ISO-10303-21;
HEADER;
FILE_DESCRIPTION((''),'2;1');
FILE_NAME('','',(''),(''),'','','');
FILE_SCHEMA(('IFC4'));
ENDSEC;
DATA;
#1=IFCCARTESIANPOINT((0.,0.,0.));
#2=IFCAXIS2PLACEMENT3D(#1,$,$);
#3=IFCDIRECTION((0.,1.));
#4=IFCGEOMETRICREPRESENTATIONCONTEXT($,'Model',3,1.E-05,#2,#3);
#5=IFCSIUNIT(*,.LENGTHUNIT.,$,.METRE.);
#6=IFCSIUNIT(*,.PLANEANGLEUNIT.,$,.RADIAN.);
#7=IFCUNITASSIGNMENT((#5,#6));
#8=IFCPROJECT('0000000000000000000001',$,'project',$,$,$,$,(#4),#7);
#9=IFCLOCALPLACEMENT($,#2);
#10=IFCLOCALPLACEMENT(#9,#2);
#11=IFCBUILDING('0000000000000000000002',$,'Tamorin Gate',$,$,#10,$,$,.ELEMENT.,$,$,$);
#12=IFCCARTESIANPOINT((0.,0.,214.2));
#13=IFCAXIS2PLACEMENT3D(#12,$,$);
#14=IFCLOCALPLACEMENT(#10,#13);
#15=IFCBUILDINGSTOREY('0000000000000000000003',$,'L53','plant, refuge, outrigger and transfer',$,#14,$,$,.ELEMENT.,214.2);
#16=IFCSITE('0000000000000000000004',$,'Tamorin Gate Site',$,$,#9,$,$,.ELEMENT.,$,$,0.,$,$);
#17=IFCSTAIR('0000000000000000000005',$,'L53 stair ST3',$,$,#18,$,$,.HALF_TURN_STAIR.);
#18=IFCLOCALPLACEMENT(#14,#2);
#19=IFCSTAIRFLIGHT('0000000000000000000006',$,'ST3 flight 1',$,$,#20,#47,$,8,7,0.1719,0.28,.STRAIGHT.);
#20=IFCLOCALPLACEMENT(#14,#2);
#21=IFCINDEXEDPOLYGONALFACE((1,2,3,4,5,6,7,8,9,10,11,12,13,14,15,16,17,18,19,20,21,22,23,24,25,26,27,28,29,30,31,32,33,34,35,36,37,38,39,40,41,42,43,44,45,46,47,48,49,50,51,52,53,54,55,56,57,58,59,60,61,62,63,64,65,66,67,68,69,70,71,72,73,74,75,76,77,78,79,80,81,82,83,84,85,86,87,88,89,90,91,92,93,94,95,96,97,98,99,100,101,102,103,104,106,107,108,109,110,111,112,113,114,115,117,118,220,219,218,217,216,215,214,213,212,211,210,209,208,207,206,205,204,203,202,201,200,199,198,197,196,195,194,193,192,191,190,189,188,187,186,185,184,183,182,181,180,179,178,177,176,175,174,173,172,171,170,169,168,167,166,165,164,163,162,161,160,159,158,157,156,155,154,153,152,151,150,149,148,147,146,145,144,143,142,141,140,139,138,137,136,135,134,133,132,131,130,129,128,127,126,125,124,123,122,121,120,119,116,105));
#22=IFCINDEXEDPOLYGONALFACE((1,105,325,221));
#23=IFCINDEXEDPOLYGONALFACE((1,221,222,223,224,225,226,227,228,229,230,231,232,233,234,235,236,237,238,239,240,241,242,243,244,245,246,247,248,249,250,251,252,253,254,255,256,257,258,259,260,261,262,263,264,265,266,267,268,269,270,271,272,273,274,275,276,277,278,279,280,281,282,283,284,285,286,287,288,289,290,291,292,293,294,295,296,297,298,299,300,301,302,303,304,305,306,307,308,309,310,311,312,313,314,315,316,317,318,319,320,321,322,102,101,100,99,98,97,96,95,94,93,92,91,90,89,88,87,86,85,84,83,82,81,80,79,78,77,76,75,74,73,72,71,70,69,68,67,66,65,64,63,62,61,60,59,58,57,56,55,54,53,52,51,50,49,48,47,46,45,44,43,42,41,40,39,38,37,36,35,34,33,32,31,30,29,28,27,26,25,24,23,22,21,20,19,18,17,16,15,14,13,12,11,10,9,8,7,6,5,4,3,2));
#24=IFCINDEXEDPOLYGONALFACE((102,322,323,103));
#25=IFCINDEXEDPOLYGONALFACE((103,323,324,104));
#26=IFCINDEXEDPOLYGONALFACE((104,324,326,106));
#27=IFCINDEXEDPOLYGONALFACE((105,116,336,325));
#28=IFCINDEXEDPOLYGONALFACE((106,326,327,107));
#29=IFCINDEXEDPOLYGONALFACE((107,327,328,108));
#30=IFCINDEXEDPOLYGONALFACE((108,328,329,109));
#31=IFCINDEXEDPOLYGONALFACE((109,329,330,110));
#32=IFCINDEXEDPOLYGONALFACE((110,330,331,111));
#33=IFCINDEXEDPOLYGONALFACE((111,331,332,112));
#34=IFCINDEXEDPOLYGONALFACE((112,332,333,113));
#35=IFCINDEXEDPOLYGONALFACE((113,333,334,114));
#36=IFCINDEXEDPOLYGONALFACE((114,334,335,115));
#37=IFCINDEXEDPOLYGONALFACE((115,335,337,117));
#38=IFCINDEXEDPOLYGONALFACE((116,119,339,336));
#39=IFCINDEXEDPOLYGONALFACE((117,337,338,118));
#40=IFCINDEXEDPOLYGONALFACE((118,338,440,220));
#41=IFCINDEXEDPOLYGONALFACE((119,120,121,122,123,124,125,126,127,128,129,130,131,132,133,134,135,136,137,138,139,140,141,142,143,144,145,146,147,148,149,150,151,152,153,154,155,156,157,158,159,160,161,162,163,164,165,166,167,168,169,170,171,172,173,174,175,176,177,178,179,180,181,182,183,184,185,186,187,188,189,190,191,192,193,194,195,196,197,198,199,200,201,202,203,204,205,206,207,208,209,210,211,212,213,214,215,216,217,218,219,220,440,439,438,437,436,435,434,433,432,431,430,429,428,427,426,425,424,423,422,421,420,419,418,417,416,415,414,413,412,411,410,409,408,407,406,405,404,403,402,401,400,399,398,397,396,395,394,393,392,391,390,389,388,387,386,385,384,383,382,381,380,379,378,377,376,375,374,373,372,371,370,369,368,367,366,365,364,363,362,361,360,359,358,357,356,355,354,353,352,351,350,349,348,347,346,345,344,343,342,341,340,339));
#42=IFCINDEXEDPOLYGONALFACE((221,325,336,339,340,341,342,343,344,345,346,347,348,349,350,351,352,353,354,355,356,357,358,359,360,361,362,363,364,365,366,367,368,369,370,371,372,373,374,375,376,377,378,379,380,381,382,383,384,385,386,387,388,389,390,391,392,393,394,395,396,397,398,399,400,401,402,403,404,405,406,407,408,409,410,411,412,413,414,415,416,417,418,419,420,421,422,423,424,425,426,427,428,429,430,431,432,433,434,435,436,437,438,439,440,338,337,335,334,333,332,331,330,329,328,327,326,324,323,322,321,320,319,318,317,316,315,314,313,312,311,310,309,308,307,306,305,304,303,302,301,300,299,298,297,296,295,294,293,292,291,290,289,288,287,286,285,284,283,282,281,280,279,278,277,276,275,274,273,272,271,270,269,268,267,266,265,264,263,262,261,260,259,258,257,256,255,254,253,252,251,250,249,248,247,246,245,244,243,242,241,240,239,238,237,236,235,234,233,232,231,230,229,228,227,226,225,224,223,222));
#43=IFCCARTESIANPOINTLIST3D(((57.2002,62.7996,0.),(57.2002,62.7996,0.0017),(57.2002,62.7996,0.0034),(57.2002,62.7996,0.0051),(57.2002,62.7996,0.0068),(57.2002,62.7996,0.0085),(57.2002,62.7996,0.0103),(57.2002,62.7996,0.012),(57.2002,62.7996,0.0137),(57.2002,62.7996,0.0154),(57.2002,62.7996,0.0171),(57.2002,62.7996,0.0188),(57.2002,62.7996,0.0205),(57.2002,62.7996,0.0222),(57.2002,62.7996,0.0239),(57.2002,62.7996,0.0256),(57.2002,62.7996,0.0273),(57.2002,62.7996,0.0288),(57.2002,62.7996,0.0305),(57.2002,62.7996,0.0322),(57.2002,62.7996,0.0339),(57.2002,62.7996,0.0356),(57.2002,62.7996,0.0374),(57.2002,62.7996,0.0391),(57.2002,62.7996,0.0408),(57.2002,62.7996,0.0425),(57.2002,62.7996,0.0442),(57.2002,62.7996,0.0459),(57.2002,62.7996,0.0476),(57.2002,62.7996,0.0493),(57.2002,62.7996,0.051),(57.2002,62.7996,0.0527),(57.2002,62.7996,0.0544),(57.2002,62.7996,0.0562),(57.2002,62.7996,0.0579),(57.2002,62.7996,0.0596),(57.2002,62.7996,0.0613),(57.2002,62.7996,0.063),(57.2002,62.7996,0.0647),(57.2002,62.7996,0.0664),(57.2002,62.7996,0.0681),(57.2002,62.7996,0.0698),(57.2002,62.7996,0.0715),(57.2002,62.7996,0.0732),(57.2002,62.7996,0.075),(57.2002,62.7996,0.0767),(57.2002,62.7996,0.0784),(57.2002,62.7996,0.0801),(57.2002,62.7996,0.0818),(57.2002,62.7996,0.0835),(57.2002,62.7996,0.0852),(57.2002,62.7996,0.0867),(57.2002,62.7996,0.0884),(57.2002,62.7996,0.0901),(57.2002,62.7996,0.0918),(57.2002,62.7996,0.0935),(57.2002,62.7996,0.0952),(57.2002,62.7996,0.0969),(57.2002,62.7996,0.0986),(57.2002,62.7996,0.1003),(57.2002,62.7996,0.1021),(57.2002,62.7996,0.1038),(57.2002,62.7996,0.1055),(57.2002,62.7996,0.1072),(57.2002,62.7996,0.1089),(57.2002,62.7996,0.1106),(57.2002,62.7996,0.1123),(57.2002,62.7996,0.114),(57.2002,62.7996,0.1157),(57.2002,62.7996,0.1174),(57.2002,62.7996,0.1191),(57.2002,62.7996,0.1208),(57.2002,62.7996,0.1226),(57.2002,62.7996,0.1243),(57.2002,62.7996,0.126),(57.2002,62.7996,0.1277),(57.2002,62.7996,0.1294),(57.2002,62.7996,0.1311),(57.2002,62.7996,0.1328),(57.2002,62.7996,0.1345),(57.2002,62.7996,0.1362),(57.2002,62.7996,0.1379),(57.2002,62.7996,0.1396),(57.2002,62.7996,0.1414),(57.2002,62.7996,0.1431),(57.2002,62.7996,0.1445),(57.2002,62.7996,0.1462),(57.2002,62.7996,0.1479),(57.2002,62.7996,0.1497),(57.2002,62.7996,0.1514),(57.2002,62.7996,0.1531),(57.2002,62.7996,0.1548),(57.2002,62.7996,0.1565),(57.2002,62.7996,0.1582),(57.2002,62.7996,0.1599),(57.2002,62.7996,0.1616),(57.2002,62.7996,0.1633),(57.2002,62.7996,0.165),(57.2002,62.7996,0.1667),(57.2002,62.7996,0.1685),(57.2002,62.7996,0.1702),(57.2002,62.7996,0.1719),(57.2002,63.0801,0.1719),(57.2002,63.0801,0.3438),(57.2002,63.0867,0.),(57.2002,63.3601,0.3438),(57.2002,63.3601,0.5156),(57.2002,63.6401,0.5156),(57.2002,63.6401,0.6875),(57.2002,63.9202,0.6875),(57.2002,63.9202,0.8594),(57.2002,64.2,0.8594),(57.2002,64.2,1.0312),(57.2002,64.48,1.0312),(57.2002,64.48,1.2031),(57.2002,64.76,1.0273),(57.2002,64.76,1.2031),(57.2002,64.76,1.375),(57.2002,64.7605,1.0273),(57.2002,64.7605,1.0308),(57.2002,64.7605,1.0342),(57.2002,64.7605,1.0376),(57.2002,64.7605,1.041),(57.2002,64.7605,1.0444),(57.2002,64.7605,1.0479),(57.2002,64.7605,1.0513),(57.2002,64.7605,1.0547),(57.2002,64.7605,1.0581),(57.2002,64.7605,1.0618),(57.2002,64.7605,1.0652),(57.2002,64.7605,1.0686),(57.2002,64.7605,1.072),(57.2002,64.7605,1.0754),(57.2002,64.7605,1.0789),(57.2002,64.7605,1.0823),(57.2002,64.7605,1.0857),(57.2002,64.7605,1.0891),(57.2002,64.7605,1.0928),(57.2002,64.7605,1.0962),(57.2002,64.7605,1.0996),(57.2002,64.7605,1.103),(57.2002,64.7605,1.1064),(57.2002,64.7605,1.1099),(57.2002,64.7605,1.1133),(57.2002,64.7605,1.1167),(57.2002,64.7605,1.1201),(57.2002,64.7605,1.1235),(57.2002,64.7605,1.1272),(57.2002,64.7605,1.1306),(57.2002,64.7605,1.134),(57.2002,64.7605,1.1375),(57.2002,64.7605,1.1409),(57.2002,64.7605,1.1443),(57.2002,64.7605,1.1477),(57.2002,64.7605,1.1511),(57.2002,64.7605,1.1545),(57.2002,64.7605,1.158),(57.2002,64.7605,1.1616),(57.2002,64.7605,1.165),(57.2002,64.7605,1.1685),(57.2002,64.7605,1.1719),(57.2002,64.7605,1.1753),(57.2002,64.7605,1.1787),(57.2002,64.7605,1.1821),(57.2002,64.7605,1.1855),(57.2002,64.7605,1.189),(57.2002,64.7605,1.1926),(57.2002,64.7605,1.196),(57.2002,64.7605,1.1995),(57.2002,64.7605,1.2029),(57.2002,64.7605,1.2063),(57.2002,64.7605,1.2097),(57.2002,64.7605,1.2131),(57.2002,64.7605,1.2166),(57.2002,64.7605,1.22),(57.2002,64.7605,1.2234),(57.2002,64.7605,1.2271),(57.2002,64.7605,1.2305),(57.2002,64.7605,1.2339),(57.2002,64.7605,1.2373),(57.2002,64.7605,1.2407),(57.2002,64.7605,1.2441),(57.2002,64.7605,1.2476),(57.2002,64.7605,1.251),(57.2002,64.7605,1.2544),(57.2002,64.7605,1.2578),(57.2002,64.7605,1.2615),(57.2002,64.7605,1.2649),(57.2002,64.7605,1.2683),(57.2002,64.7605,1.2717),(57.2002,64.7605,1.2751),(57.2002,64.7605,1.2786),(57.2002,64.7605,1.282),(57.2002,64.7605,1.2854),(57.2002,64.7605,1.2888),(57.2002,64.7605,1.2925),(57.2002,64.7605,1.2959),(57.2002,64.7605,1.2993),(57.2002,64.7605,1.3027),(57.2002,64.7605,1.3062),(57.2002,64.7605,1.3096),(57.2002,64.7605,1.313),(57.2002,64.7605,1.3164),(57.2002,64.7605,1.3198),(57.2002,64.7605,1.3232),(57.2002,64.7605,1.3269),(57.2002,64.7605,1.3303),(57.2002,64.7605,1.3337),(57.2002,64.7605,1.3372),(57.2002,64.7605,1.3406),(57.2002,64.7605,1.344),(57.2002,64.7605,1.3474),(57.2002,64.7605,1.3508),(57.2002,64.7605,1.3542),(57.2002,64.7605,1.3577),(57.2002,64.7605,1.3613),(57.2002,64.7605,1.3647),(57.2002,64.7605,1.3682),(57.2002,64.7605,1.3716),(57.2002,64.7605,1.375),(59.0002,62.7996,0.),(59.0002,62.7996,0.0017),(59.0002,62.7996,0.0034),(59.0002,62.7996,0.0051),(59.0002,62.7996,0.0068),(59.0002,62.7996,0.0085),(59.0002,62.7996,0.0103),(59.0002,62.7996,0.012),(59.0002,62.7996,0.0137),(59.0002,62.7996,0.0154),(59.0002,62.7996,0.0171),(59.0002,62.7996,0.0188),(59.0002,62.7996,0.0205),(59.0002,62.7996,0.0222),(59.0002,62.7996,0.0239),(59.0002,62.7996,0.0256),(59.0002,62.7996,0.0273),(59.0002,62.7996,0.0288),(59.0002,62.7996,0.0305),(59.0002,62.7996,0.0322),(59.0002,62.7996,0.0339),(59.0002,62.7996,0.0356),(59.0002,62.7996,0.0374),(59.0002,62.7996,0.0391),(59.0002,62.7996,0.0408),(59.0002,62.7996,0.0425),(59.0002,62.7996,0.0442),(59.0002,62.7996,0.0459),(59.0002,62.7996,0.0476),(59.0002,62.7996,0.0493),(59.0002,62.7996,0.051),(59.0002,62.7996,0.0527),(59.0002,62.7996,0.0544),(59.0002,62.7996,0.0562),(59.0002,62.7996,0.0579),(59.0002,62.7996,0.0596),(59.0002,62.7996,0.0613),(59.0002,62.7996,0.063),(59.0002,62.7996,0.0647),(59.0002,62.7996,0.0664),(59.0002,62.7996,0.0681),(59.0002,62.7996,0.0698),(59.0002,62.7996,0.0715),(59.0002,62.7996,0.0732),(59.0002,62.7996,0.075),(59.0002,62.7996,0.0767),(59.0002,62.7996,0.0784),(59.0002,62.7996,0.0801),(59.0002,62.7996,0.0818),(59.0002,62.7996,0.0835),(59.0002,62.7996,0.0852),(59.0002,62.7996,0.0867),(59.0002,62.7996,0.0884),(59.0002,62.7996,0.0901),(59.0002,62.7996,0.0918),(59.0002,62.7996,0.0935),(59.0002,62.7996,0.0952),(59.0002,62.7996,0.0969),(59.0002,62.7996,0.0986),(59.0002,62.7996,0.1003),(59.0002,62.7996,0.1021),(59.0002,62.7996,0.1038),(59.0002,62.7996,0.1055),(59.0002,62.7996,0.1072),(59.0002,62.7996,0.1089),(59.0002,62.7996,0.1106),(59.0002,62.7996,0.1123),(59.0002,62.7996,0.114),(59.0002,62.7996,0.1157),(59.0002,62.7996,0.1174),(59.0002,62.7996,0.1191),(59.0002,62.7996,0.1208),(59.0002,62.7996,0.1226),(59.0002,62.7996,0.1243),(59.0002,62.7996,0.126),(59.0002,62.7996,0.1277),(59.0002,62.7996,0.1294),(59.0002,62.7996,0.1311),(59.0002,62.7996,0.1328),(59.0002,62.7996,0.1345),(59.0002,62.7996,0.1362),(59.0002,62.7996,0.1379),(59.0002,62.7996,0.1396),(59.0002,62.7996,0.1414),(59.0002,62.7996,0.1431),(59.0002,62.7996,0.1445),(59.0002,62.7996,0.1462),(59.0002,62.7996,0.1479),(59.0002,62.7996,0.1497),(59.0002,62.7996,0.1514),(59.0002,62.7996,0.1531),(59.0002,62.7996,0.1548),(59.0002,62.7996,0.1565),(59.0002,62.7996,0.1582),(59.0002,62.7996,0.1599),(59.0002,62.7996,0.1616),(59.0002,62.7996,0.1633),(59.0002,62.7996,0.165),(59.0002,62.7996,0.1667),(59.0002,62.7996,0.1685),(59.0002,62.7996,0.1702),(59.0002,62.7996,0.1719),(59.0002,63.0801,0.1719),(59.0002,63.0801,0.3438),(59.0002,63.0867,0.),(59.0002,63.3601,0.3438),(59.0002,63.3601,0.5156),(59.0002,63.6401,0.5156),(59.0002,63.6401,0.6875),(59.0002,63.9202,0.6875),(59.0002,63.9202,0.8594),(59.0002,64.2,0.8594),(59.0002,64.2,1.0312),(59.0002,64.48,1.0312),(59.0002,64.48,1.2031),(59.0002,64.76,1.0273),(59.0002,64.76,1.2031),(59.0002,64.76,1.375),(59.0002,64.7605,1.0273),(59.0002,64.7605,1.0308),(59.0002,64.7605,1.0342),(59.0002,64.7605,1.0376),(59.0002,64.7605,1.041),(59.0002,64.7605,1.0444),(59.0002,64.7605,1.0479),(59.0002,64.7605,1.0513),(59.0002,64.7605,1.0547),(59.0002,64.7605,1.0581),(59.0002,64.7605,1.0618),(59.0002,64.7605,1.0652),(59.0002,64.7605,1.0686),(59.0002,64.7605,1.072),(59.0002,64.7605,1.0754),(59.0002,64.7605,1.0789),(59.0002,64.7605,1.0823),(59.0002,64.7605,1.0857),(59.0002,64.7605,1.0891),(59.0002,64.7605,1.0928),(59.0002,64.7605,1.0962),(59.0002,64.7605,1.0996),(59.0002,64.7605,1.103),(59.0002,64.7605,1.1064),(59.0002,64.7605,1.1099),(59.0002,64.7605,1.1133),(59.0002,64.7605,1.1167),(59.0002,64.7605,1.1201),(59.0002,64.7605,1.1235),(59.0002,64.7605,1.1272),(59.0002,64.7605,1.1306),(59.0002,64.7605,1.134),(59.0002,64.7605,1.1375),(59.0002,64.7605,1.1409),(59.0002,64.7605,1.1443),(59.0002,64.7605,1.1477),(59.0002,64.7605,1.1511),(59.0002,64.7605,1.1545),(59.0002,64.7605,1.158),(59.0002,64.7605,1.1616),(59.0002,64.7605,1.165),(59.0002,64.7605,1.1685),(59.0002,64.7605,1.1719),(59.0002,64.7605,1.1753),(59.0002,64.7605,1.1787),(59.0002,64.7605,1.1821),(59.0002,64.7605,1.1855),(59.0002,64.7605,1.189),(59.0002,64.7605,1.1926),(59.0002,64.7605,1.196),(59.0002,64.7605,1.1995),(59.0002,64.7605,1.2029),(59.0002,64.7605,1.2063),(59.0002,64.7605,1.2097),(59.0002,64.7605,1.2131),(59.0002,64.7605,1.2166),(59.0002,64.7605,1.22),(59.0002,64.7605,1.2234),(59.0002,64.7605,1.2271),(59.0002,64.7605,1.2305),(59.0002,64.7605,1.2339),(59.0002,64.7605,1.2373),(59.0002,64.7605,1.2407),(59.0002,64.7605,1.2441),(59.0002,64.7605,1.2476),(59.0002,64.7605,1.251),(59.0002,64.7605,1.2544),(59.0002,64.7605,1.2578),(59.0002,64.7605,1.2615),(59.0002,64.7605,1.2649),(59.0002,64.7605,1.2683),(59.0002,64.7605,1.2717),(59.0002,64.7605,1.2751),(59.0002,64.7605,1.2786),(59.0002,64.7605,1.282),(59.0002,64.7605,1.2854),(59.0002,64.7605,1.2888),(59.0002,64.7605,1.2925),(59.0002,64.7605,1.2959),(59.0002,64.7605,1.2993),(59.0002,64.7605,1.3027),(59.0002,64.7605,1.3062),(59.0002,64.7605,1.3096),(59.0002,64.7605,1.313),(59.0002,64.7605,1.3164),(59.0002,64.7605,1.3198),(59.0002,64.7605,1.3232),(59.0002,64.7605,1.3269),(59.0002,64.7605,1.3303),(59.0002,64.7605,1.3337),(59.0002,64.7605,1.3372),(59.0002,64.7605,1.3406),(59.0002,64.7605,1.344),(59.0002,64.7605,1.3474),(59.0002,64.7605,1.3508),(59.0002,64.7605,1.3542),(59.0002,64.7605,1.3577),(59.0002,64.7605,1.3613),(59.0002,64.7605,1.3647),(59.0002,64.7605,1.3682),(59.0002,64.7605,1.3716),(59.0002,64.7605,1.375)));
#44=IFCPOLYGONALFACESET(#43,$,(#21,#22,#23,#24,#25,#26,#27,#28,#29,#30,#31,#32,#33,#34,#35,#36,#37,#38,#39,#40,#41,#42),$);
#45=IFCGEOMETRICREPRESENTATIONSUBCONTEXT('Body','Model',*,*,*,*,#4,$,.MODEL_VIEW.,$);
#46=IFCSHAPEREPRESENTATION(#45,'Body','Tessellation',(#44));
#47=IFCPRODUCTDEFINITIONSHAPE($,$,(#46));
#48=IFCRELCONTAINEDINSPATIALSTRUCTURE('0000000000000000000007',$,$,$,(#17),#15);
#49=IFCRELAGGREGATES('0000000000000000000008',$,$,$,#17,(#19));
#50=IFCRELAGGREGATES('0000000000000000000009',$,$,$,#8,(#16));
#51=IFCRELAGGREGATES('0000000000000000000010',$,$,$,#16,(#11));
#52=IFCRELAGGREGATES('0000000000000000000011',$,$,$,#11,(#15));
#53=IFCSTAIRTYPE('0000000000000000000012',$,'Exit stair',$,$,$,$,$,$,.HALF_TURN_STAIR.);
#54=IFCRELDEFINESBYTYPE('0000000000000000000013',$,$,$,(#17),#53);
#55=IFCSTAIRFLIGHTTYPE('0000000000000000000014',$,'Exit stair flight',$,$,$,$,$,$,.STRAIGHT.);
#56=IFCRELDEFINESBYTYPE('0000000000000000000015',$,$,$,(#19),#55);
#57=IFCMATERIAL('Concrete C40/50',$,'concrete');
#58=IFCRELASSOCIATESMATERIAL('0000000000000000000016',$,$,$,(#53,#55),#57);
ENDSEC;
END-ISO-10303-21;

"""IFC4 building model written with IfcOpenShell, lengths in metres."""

from ifc_helpers import new_model, si_unit, direction, frame, origin, place, context, subcontext, project, spatial, polyline, outline, extrude, material, type_object, element, aggregate, save


model = new_model("IFC4")

# Units and contexts
model_context = context("Model", 3, precision=1e-05, world=origin(), true_north=direction((0.0, 1.0)))
body_context = subcontext(model_context, "Body", "Model", "MODEL_VIEW")
ifc_project = project(units=[si_unit("LENGTHUNIT", "METRE"), si_unit("PLANEANGLEUNIT", "RADIAN")], contexts=[model_context])

# Site, building, storey
site_placement = place(None, origin())
site = spatial("IfcSite", under=ifc_project, at=site_placement, Name="Tamorin Gate Site", CompositionType="ELEMENT", RefElevation=0.0)
building_placement = place(site_placement, origin())
building = spatial("IfcBuilding", under=site, at=building_placement, Name="Tamorin Gate", CompositionType="ELEMENT")
storey_placement = place(building_placement, frame((0.0, 0.0, 214.2)))
storey = spatial("IfcBuildingStorey", under=building, at=storey_placement, Name="L53", Description="plant, refuge, outrigger and transfer", CompositionType="ELEMENT", Elevation=214.2)

# Shared definitions
ifc_material_1 = material(Name="Concrete C40/50", Category="concrete")

# Stair, stair flight
stair_type = type_object("IfcStairType", Name="Exit stair", PredefinedType="HALF_TURN_STAIR", material=ifc_material_1)
stair_placement = place(storey_placement, origin())
stair = element("IfcStair", 1, at=stair_placement, inside=storey, type_object=stair_type, Name="L53 stair ST3", PredefinedType="HALF_TURN_STAIR")
stair_flight_type = type_object("IfcStairFlightType", Name="Exit stair flight", PredefinedType="STRAIGHT", material=ifc_material_1)
stair_flight_1_placement = place(storey_placement, frame((58.1001, 62.8, 0.0), z_axis=(0.0, 0.0, 1.0), x_axis=(0.0, 1.0, 0.0)))
stair_flight_1 = element("IfcStairFlight", 2, at=stair_flight_1_placement, type_object=stair_flight_type, Name="ST3 flight 1", NumberOfRisers=8, NumberOfTreads=7, PredefinedType="STRAIGHT", RiserHeight=0.1719, TreadLength=0.28, context=body_context, shape_type="SweptSolid", body=[
    extrude(outline(polyline([(-0.0005, 0.0), (-0.0005, 0.0017), (-0.0005, 0.0034), (-0.0005, 0.0051), (-0.0005, 0.0068), (-0.0005, 0.0085), (-0.0005, 0.0103), (-0.0005, 0.012), (-0.0005, 0.0137), (-0.0005, 0.0154), (-0.0005, 0.0171), (-0.0005, 0.0188), (-0.0005, 0.0205), (-0.0005, 0.0222), (-0.0005, 0.0239), (-0.0005, 0.0256), (-0.0005, 0.0273), (-0.0005, 0.0288), (-0.0005, 0.0305), (-0.0005, 0.0322), (-0.0005, 0.0339), (-0.0005, 0.0356), (-0.0005, 0.0374), (-0.0005, 0.0391), (-0.0005, 0.0408), (-0.0005, 0.0425), (-0.0005, 0.0442), (-0.0005, 0.0459), (-0.0005, 0.0476), (-0.0005, 0.0493), (-0.0005, 0.051), (-0.0005, 0.0527), (-0.0005, 0.0544), (-0.0005, 0.0562), (-0.0005, 0.0579), (-0.0005, 0.0596), (-0.0005, 0.0613), (-0.0005, 0.063), (-0.0005, 0.0647), (-0.0005, 0.0664), (-0.0005, 0.0681), (-0.0005, 0.0698), (-0.0005, 0.0715), (-0.0005, 0.0732), (-0.0005, 0.075), (-0.0005, 0.0767), (-0.0005, 0.0784), (-0.0005, 0.0801), (-0.0005, 0.0818), (-0.0005, 0.0835), (-0.0005, 0.0852), (-0.0005, 0.0867), (-0.0005, 0.0884), (-0.0005, 0.0901), (-0.0005, 0.0918), (-0.0005, 0.0935), (-0.0005, 0.0952), (-0.0005, 0.0969), (-0.0005, 0.0986), (-0.0005, 0.1003), (-0.0005, 0.1021), (-0.0005, 0.1038), (-0.0005, 0.1055), (-0.0005, 0.1072), (-0.0005, 0.1089), (-0.0005, 0.1106), (-0.0005, 0.1123), (-0.0005, 0.114), (-0.0005, 0.1157), (-0.0005, 0.1174), (-0.0005, 0.1191), (-0.0005, 0.1208), (-0.0005, 0.1226), (-0.0005, 0.1243), (-0.0005, 0.126), (-0.0005, 0.1277), (-0.0005, 0.1294), (-0.0005, 0.1311), (-0.0005, 0.1328), (-0.0005, 0.1345), (-0.0005, 0.1362), (-0.0005, 0.1379), (-0.0005, 0.1396), (-0.0005, 0.1414), (-0.0005, 0.1431), (-0.0005, 0.1445), (-0.0005, 0.1462), (-0.0005, 0.1479), (-0.0005, 0.1497), (-0.0005, 0.1514), (-0.0005, 0.1531), (-0.0005, 0.1548), (-0.0005, 0.1565), (-0.0005, 0.1582), (-0.0005, 0.1599), (-0.0005, 0.1616), (-0.0005, 0.1633), (-0.0005, 0.165), (-0.0005, 0.1667), (-0.0005, 0.1685), (-0.0005, 0.1702), (-0.0005, 0.1719), (0.28, 0.1719), (0.28, 0.3438), (0.5601, 0.3438), (0.5601, 0.5156), (0.8401, 0.5156), (0.8401, 0.6875), (1.1201, 0.6875), (1.1201, 0.8594), (1.3999, 0.8594), (1.3999, 1.0312), (1.6799, 1.0312), (1.6799, 1.2031), (1.96, 1.2031), (1.96, 1.375), (1.9604, 1.375), (1.9604, 1.3716), (1.9604, 1.3682), (1.9604, 1.3647), (1.9604, 1.3613), (1.9604, 1.3577), (1.9604, 1.3542), (1.9604, 1.3508), (1.9604, 1.3474), (1.9604, 1.344), (1.9604, 1.3406), (1.9604, 1.3372), (1.9604, 1.3337), (1.9604, 1.3303), (1.9604, 1.3269), (1.9604, 1.3232), (1.9604, 1.3198), (1.9604, 1.3164), (1.9604, 1.313), (1.9604, 1.3096), (1.9604, 1.3062), (1.9604, 1.3027), (1.9604, 1.2993), (1.9604, 1.2959), (1.9604, 1.2925), (1.9604, 1.2888), (1.9604, 1.2854), (1.9604, 1.282), (1.9604, 1.2786), (1.9604, 1.2751), (1.9604, 1.2717), (1.9604, 1.2683), (1.9604, 1.2649), (1.9604, 1.2615), (1.9604, 1.2578), (1.9604, 1.2544), (1.9604, 1.251), (1.9604, 1.2476), (1.9604, 1.2441), (1.9604, 1.2407), (1.9604, 1.2373), (1.9604, 1.2339), (1.9604, 1.2305), (1.9604, 1.2271), (1.9604, 1.2234), (1.9604, 1.22), (1.9604, 1.2166), (1.9604, 1.2131), (1.9604, 1.2097), (1.9604, 1.2063), (1.9604, 1.2029), (1.9604, 1.1995), (1.9604, 1.196), (1.9604, 1.1926), (1.9604, 1.189), (1.9604, 1.1855), (1.9604, 1.1821), (1.9604, 1.1787), (1.9604, 1.1753), (1.9604, 1.1719), (1.9604, 1.1685), (1.9604, 1.165), (1.9604, 1.1616), (1.9604, 1.158), (1.9604, 1.1545), (1.9604, 1.1511), (1.9604, 1.1477), (1.9604, 1.1443), (1.9604, 1.1409), (1.9604, 1.1375), (1.9604, 1.134), (1.9604, 1.1306), (1.9604, 1.1272), (1.9604, 1.1235), (1.9604, 1.1201), (1.9604, 1.1167), (1.9604, 1.1133), (1.9604, 1.1099), (1.9604, 1.1064), (1.9604, 1.103), (1.9604, 1.0996), (1.9604, 1.0962), (1.9604, 1.0928), (1.9604, 1.0891), (1.9604, 1.0857), (1.9604, 1.0823), (1.9604, 1.0789), (1.9604, 1.0754), (1.9604, 1.072), (1.9604, 1.0686), (1.9604, 1.0652), (1.9604, 1.0618), (1.9604, 1.0581), (1.9604, 1.0547), (1.9604, 1.0513), (1.9604, 1.0479), (1.9604, 1.0444), (1.9604, 1.041), (1.9604, 1.0376), (1.9604, 1.0342), (1.9604, 1.0308), (1.9604, 1.0273), (1.96, 1.0273), (0.2866, 0.0), (-0.0005, 0.0)])), frame((0.0, 0.8999, 0.0), z_axis=(0.0, -1.0, 0.0), x_axis=(1.0, 0.0, 0.0)), (0.0, 0.0, 1.0), 1.8),
])
aggregate(stair, [stair_flight_1])

save(model, "model.ifc")
